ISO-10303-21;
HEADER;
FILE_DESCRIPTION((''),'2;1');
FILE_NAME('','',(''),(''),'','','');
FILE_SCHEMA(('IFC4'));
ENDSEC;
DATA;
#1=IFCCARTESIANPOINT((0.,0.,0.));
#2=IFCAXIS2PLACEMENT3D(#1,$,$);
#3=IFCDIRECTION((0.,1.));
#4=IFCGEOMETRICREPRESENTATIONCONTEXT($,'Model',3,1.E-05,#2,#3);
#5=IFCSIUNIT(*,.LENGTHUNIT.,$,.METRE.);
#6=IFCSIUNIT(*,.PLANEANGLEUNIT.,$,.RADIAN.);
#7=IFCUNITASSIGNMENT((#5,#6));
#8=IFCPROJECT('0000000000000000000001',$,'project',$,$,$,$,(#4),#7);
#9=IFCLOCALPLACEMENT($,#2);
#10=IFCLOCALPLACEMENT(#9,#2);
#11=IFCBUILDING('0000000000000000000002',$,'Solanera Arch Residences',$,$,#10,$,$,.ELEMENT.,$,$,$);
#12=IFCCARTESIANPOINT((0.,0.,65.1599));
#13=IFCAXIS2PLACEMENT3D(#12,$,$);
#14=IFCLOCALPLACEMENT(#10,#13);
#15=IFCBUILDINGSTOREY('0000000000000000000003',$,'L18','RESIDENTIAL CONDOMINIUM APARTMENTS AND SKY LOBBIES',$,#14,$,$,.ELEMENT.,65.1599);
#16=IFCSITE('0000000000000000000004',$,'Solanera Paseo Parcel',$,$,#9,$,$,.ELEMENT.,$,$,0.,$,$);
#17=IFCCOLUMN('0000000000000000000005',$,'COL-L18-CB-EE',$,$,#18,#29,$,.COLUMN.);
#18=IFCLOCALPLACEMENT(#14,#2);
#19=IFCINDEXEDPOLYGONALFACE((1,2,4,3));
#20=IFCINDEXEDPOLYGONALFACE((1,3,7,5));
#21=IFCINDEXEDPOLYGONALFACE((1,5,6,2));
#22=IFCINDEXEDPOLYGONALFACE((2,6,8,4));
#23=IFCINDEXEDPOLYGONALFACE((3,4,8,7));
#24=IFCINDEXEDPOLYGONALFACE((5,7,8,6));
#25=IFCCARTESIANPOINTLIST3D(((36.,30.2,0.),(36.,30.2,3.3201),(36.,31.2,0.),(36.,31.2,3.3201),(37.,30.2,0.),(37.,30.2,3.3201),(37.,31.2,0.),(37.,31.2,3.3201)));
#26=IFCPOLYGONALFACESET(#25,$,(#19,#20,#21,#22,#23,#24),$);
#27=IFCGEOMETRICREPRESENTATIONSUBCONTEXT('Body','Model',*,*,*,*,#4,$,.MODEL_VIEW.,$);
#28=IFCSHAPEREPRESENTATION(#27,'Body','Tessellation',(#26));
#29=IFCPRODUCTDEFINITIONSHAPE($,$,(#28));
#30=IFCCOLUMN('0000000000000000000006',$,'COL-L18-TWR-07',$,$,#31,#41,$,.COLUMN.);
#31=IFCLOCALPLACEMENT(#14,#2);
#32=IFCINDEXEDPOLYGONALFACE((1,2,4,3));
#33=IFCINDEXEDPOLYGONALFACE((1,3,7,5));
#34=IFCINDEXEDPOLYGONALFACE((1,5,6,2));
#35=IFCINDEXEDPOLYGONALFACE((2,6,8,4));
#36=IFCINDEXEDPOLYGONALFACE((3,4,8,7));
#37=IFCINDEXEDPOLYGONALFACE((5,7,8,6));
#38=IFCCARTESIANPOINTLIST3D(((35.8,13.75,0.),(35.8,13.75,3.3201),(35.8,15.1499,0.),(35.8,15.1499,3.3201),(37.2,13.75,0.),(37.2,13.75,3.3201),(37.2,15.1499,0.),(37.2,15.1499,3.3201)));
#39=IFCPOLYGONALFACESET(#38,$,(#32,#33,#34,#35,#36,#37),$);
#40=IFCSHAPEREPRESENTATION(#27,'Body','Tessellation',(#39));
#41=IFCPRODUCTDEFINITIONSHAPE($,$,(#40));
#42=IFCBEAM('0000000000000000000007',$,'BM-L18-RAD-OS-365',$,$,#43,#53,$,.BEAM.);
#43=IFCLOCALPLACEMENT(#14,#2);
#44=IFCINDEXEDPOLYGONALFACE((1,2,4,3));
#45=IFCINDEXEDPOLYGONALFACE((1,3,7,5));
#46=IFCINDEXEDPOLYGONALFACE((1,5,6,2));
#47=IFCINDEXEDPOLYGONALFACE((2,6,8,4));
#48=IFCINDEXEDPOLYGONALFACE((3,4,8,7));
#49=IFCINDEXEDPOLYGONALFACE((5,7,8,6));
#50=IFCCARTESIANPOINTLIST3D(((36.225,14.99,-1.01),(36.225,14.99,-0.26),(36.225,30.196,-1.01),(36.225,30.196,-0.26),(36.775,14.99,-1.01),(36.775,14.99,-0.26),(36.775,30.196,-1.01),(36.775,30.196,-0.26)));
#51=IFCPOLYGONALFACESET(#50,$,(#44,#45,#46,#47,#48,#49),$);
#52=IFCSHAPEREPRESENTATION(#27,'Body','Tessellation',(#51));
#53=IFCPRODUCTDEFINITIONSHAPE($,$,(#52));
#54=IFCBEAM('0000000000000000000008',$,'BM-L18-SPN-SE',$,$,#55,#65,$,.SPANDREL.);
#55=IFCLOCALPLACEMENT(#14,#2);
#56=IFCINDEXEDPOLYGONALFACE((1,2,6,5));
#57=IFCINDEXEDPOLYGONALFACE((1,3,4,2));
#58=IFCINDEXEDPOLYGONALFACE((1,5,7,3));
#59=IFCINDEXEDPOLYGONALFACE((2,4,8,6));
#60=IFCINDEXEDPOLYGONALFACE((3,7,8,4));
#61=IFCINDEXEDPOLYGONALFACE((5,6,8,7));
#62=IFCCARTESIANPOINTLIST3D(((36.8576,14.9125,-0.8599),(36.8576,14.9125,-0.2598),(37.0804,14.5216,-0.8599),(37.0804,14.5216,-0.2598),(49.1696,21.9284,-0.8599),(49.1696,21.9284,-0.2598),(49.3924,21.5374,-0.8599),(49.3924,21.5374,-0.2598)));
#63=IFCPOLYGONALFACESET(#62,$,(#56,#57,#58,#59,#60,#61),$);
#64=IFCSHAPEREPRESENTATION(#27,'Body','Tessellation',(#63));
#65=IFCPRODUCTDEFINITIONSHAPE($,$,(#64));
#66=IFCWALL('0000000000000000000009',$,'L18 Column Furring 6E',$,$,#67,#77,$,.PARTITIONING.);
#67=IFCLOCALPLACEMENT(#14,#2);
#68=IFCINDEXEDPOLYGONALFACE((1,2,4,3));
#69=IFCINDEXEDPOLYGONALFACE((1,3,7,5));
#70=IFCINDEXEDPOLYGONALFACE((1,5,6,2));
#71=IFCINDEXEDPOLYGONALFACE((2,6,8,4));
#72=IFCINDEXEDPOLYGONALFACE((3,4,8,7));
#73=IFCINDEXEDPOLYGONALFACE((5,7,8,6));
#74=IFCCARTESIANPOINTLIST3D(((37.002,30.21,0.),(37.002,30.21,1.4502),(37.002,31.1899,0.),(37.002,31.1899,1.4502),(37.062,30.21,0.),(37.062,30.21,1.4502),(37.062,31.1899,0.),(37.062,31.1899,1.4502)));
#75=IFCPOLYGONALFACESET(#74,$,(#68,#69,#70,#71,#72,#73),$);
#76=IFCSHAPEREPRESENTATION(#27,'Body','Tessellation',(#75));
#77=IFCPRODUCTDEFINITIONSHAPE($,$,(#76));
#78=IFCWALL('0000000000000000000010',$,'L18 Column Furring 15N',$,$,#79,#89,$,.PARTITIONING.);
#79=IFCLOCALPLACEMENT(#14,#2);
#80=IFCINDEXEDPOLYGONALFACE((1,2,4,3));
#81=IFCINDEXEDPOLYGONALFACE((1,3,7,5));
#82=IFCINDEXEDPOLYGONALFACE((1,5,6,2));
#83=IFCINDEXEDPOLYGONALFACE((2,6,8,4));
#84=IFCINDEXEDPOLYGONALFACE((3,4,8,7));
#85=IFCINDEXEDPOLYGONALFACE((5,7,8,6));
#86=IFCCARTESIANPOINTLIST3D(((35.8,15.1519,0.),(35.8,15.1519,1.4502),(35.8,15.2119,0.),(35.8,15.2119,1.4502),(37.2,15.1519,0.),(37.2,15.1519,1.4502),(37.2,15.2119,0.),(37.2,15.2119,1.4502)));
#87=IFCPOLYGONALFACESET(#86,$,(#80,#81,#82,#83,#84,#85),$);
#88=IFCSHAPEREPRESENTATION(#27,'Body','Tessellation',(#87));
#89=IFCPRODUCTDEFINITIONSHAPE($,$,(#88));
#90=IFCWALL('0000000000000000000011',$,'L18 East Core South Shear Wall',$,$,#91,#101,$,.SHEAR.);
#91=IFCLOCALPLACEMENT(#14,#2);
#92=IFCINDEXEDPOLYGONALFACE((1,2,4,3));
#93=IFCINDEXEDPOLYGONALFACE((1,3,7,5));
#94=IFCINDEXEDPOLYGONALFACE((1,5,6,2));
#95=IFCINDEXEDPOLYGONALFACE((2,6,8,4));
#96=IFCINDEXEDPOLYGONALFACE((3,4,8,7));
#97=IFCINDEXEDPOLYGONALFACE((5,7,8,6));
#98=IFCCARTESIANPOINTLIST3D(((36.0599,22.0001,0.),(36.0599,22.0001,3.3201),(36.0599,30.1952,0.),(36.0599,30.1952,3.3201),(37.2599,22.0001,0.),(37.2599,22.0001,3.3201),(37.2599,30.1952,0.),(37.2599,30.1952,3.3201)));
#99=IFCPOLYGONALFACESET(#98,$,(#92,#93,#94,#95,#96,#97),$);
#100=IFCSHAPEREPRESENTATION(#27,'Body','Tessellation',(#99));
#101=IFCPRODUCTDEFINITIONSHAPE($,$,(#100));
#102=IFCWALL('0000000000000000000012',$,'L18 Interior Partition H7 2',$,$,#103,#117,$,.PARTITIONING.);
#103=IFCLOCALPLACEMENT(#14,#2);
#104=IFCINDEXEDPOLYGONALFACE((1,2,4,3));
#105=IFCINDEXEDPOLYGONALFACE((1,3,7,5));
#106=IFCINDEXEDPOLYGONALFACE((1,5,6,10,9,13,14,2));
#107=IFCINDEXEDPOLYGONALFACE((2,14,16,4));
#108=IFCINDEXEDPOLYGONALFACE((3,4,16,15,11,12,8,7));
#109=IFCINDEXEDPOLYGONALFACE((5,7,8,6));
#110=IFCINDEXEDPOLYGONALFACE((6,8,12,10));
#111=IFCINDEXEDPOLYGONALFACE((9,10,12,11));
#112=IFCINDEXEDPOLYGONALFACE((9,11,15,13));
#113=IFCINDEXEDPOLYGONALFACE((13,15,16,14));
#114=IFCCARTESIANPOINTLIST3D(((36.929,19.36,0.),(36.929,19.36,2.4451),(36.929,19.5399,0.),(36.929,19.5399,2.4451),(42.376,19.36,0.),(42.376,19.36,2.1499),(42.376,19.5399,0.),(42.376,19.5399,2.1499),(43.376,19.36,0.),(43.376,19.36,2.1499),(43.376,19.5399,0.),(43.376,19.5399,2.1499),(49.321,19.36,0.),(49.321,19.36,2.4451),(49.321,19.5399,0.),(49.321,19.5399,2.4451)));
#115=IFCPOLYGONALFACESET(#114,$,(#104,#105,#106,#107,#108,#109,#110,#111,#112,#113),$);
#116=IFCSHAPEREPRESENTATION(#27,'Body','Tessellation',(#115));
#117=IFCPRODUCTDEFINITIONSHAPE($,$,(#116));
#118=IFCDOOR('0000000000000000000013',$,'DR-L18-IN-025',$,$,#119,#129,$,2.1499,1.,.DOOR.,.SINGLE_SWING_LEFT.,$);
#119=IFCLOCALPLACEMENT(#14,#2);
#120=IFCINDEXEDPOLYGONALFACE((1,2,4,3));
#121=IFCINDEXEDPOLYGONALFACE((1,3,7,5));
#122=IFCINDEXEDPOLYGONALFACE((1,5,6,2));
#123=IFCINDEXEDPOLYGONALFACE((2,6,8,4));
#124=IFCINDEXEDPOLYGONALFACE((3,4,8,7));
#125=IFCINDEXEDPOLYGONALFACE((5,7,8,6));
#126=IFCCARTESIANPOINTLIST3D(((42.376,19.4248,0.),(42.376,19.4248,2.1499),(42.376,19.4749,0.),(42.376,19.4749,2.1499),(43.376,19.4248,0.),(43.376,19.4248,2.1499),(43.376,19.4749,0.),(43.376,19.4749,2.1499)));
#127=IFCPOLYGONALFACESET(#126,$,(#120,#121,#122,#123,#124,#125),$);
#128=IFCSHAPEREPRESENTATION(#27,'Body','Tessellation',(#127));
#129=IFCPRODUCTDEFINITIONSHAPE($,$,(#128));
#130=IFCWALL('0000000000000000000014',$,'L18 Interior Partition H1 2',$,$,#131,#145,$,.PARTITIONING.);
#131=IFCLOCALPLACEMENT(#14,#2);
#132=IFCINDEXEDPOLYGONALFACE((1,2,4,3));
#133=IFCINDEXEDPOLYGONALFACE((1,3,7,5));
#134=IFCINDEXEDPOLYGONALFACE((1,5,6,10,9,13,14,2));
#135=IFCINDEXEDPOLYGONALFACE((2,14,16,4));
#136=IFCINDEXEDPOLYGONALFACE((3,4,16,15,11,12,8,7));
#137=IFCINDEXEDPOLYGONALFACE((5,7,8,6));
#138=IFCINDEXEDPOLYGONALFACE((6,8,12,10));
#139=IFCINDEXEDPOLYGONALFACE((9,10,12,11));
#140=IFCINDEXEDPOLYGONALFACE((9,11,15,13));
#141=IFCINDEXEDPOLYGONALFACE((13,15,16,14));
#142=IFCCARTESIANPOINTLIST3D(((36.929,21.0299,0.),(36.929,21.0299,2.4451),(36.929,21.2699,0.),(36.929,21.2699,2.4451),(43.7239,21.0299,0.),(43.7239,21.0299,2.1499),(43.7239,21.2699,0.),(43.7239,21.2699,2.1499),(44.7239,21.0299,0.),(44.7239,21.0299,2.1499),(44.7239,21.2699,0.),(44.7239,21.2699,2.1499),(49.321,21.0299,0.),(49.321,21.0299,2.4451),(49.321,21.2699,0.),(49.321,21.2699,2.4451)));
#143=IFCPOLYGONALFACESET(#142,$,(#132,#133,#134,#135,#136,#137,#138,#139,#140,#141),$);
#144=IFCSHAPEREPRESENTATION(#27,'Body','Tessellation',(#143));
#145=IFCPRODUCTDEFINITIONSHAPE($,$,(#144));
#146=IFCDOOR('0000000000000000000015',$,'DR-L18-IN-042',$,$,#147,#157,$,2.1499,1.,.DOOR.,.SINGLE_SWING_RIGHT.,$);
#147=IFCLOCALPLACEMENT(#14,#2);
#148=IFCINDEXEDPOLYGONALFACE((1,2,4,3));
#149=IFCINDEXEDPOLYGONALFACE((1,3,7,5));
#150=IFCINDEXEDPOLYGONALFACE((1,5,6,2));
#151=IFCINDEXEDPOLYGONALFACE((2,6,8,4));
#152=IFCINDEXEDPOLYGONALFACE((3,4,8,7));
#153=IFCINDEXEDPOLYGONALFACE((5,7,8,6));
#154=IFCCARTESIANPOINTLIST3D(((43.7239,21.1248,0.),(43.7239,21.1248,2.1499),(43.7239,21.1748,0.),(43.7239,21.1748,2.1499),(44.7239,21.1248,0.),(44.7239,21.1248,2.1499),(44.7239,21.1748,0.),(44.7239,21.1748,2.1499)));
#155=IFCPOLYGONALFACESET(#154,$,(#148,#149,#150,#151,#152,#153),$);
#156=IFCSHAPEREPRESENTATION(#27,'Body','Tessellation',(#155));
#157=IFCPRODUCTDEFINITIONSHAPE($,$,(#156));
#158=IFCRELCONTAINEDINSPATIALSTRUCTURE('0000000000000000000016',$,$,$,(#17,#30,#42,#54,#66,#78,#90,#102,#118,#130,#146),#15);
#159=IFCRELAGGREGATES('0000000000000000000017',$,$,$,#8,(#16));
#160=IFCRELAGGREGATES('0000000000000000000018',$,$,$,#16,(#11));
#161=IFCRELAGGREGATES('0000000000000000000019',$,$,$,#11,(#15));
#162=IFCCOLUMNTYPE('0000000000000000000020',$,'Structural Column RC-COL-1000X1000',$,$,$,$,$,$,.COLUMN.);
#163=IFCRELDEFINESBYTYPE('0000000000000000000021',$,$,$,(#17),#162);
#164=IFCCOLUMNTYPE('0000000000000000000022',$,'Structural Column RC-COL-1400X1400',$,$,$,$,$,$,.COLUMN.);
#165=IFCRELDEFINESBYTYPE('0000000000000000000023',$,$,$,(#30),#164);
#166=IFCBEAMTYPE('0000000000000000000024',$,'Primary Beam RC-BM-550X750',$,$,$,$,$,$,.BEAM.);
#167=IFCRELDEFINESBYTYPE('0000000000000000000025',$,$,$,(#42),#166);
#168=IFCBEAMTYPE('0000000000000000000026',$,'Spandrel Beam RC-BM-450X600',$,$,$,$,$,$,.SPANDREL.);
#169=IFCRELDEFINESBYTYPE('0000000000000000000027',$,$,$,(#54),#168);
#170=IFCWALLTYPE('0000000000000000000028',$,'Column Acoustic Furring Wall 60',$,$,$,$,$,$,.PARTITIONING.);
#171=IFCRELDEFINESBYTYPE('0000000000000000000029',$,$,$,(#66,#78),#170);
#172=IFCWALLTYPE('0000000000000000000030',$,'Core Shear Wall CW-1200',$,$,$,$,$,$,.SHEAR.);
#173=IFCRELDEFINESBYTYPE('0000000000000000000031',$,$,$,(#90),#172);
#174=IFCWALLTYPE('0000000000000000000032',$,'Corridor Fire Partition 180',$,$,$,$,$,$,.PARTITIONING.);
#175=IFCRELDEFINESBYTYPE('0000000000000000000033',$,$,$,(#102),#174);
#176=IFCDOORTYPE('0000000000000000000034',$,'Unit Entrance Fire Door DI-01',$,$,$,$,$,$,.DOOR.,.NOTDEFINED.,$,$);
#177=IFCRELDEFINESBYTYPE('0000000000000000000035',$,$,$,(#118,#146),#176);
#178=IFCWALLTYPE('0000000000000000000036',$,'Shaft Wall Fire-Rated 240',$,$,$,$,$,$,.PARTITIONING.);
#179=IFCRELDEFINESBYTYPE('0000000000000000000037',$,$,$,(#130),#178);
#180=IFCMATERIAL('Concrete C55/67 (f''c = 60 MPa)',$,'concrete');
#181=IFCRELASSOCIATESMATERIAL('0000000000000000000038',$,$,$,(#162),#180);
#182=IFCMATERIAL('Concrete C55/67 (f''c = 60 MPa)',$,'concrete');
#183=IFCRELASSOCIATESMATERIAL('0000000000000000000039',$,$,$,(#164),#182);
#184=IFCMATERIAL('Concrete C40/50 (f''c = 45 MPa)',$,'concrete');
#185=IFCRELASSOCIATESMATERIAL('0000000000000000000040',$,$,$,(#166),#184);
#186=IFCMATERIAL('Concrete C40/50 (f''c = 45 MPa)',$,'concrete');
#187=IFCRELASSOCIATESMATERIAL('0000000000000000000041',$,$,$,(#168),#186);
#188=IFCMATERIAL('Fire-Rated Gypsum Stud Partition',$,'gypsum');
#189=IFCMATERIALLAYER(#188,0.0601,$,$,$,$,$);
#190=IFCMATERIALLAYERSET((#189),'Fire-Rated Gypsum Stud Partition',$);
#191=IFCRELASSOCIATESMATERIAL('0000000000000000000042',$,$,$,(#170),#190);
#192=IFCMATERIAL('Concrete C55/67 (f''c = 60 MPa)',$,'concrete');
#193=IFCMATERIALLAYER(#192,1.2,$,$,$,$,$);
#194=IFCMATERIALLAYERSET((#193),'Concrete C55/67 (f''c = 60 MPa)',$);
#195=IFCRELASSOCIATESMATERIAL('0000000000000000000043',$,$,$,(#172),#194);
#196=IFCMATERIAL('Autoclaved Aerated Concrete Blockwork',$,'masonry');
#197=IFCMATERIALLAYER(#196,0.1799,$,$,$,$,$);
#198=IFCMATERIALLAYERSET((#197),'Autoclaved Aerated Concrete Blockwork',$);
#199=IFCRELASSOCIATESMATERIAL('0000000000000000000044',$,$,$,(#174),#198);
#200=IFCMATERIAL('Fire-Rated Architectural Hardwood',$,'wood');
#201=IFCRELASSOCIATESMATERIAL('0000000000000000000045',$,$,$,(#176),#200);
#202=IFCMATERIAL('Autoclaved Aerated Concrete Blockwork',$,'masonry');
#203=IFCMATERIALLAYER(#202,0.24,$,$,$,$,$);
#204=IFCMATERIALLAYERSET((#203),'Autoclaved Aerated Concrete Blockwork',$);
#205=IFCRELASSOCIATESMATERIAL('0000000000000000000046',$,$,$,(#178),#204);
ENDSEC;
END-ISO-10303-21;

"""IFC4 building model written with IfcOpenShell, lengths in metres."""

from ifc_helpers import new_model, si_unit, direction, frame, frame_2d, origin, origin_2d, place, context, subcontext, project, spatial, rectangle, extrude, material, layer, layer_set, material_profile, profile_set, type_object, element, fill, save


model = new_model("IFC4")

# Units and contexts
model_context = context("Model", 3, precision=1e-05, world=origin(), true_north=direction((0.0, 1.0)))
body_context = subcontext(model_context, "Body", "Model", "MODEL_VIEW")
ifc_project = project(units=[si_unit("LENGTHUNIT", "METRE"), si_unit("PLANEANGLEUNIT", "RADIAN")], contexts=[model_context])

# Site, building, storey
site_placement = place(None, origin())
site = spatial("IfcSite", under=ifc_project, at=site_placement, Name="Solanera Paseo Parcel", CompositionType="ELEMENT", RefElevation=0.0)
building_placement = place(site_placement, origin())
building = spatial("IfcBuilding", under=site, at=building_placement, Name="Solanera Arch Residences", CompositionType="ELEMENT")
storey_placement = place(building_placement, frame((0.0, 0.0, 65.1599)))
storey = spatial("IfcBuildingStorey", under=building, at=storey_placement, Name="L18", Description="RESIDENTIAL CONDOMINIUM APARTMENTS AND SKY LOBBIES", CompositionType="ELEMENT", Elevation=65.1599)

# Columns
ifc_material_1 = material(Name="Concrete C55/67 (f'c = 60 MPa)", Category="concrete")
ifc_material_profile_1 = material_profile(ifc_material_1, rectangle(XDim=1.0, YDim=1.0, at=origin_2d()))
ifc_profile_set_1 = profile_set([ifc_material_profile_1], Name="Concrete C55/67 (f'c = 60 MPa)")
column_type_1 = type_object("IfcColumnType", Name="Structural Column RC-COL-1000X1000", PredefinedType="COLUMN", material=ifc_profile_set_1)
column_1_placement = place(storey_placement, frame((36.5, 30.7, 0.0), z_axis=(0.0, 0.0, 1.0), x_axis=(1.0, 0.0, 0.0)))
element("IfcColumn", 1, at=column_1_placement, inside=storey, type_object=column_type_1, Name="COL-L18-CB-EE", PredefinedType="COLUMN", context=body_context, shape_type="SweptSolid", body=[
    extrude(rectangle(XDim=1.0, YDim=1.0, at=origin_2d()), origin(), (0.0, 0.0, 1.0), 3.3201),
])
ifc_material_2 = material(Name="Concrete C55/67 (f'c = 60 MPa)", Category="concrete")
ifc_material_profile_2 = material_profile(ifc_material_2, rectangle(XDim=1.3999, YDim=1.3999, at=origin_2d()))
ifc_profile_set_2 = profile_set([ifc_material_profile_2], Name="Concrete C55/67 (f'c = 60 MPa)")
column_type_2 = type_object("IfcColumnType", Name="Structural Column RC-COL-1400X1400", PredefinedType="COLUMN", material=ifc_profile_set_2)
column_2_placement = place(storey_placement, frame((36.5, 14.45, 0.0), z_axis=(0.0, 0.0, 1.0), x_axis=(1.0, 0.0, 0.0)))
element("IfcColumn", 2, at=column_2_placement, inside=storey, type_object=column_type_2, Name="COL-L18-TWR-07", PredefinedType="COLUMN", context=body_context, shape_type="SweptSolid", body=[
    extrude(rectangle(XDim=1.3999, YDim=1.3999, at=origin_2d()), origin(), (0.0, 0.0, 1.0), 3.3201),
])

# Beams
ifc_material_3 = material(Name="Concrete C40/50 (f'c = 45 MPa)", Category="concrete")
ifc_material_profile_3 = material_profile(ifc_material_3, rectangle(XDim=0.55, YDim=0.75, at=origin_2d()))
ifc_profile_set_3 = profile_set([ifc_material_profile_3], Name="Concrete C40/50 (f'c = 45 MPa)")
beam_type_1 = type_object("IfcBeamType", Name="Primary Beam RC-BM-550X750", PredefinedType="BEAM", material=ifc_profile_set_3)
beam_1_placement = place(storey_placement, frame((36.5, 14.99, -0.635), z_axis=(0.0, 1.0, 0.0), x_axis=(-1.0, 0.0, 0.0)))
element("IfcBeam", 3, at=beam_1_placement, inside=storey, type_object=beam_type_1, Name="BM-L18-RAD-OS-365", PredefinedType="BEAM", context=body_context, shape_type="SweptSolid", body=[
    extrude(rectangle(XDim=0.55, YDim=0.75, at=origin_2d()), origin(), (0.0, 0.0, 1.0), 15.2061),
])
ifc_material_4 = material(Name="Concrete C40/50 (f'c = 45 MPa)", Category="concrete")
ifc_material_profile_4 = material_profile(ifc_material_4, rectangle(XDim=0.45, YDim=0.6001, at=origin_2d()))
ifc_profile_set_4 = profile_set([ifc_material_profile_4], Name="Concrete C40/50 (f'c = 45 MPa)")
beam_type_2 = type_object("IfcBeamType", Name="Spandrel Beam RC-BM-450X600", PredefinedType="SPANDREL", material=ifc_profile_set_4)
beam_2_placement = place(storey_placement, frame((36.969, 14.717, -0.5598), z_axis=(0.868837, 0.495098, 0.0), x_axis=(-0.495098, 0.868837, 0.0)))
element("IfcBeam", 4, at=beam_2_placement, inside=storey, type_object=beam_type_2, Name="BM-L18-SPN-SE", PredefinedType="SPANDREL", context=body_context, shape_type="SweptSolid", body=[
    extrude(rectangle(XDim=0.45, YDim=0.6001, at=origin_2d()), origin(), (0.0, 0.0, 1.0), 14.1707),
])

# Walls
ifc_material_5 = material(Name="Fire-Rated Gypsum Stud Partition", Category="gypsum")
ifc_layer_1 = layer(ifc_material_5, 0.0601)
ifc_layer_set_1 = layer_set([ifc_layer_1], Name="Fire-Rated Gypsum Stud Partition")
wall_type_1 = type_object("IfcWallType", Name="Column Acoustic Furring Wall 60", PredefinedType="PARTITIONING", material=ifc_layer_set_1)
wall_1_placement = place(storey_placement, frame((37.032, 30.21, 0.0), z_axis=(0.0, 0.0, 1.0), x_axis=(0.0, 1.0, 0.0)))
element("IfcWall", 5, at=wall_1_placement, inside=storey, type_object=wall_type_1, Name="L18 Column Furring 6E", PredefinedType="PARTITIONING", context=body_context, shape_type="SweptSolid", body=[
    extrude(rectangle(XDim=0.98, YDim=0.0601, at=frame_2d((0.49, 0.0))), origin(), (0.0, 0.0, 1.0), 1.4502),
])
wall_2_placement = place(storey_placement, frame((35.8, 15.1819, 0.0), z_axis=(0.0, 0.0, 1.0), x_axis=(1.0, 0.0, 0.0)))
element("IfcWall", 6, at=wall_2_placement, inside=storey, type_object=wall_type_1, Name="L18 Column Furring 15N", PredefinedType="PARTITIONING", context=body_context, shape_type="SweptSolid", body=[
    extrude(rectangle(XDim=1.3999, YDim=0.0601, at=frame_2d((0.7, 0.0))), origin(), (0.0, 0.0, 1.0), 1.4502),
])
ifc_material_6 = material(Name="Concrete C55/67 (f'c = 60 MPa)", Category="concrete")
ifc_layer_2 = layer(ifc_material_6, 1.2)
ifc_layer_set_2 = layer_set([ifc_layer_2], Name="Concrete C55/67 (f'c = 60 MPa)")
wall_type_2 = type_object("IfcWallType", Name="Core Shear Wall CW-1200", PredefinedType="SHEAR", material=ifc_layer_set_2)
wall_3_placement = place(storey_placement, frame((36.6599, 22.0, 0.0), z_axis=(0.0, 0.0, 1.0), x_axis=(0.0, 1.0, 0.0)))
element("IfcWall", 7, at=wall_3_placement, inside=storey, type_object=wall_type_2, Name="L18 East Core South Shear Wall", PredefinedType="SHEAR", context=body_context, shape_type="SweptSolid", body=[
    extrude(rectangle(XDim=8.1951, YDim=1.2, at=frame_2d((4.0977, 0.0))), origin(), (0.0, 0.0, 1.0), 3.3201),
])

# Walls, openings, doors
ifc_material_7 = material(Name="Autoclaved Aerated Concrete Blockwork", Category="masonry")
ifc_layer_3 = layer(ifc_material_7, 0.1799)
ifc_layer_set_3 = layer_set([ifc_layer_3], Name="Autoclaved Aerated Concrete Blockwork")
wall_type_3 = type_object("IfcWallType", Name="Corridor Fire Partition 180", PredefinedType="PARTITIONING", material=ifc_layer_set_3)
wall_4_placement = place(storey_placement, frame((36.929, 19.45, 0.0), z_axis=(0.0, 0.0, 1.0), x_axis=(1.0, 0.0, 0.0)))
wall_4 = element("IfcWall", 8, at=wall_4_placement, inside=storey, type_object=wall_type_3, Name="L18 Interior Partition H7 2", PredefinedType="PARTITIONING", context=body_context, shape_type="SweptSolid", body=[
    extrude(rectangle(XDim=12.3921, YDim=0.1799, at=frame_2d((6.196, 0.0))), origin(), (0.0, 0.0, 1.0), 2.4451),
])
opening_1_placement = place(wall_4_placement, frame((5.447, 0.0, 0.0)))
opening_1 = element("IfcOpeningElement", 9, at=opening_1_placement, cuts=wall_4, PredefinedType="OPENING", context=body_context, shape_type="SweptSolid", body=[
    extrude(rectangle(XDim=1.0, YDim=2.1499, at=frame_2d((0.5, 1.075))), frame((0.0, 0.1001, 0.0), z_axis=(0.0, -1.0, 0.0), x_axis=(1.0, 0.0, 0.0)), (0.0, 0.0, 1.0), 0.1999),
])
ifc_material_8 = material(Name="Fire-Rated Architectural Hardwood", Category="wood")
door_type_1 = type_object("IfcDoorType", Name="Unit Entrance Fire Door DI-01", OperationType="NOTDEFINED", PredefinedType="DOOR", material=ifc_material_8)
door_1_placement = place(opening_1_placement, origin())
door_1 = element("IfcDoor", 10, at=door_1_placement, inside=storey, type_object=door_type_1, Name="DR-L18-IN-025", OperationType="SINGLE_SWING_LEFT", OverallHeight=2.1499, OverallWidth=1.0, PredefinedType="DOOR", context=body_context, shape_type="SweptSolid", body=[
    extrude(rectangle(XDim=1.0, YDim=2.1499, at=frame_2d((0.5, 1.075))), frame((0.0, 0.0249, 0.0), z_axis=(0.0, -1.0, 0.0), x_axis=(1.0, 0.0, 0.0)), (0.0, 0.0, 1.0), 0.05),
])
fill(opening_1, door_1)
ifc_material_9 = material(Name="Autoclaved Aerated Concrete Blockwork", Category="masonry")
ifc_layer_4 = layer(ifc_material_9, 0.24)
ifc_layer_set_4 = layer_set([ifc_layer_4], Name="Autoclaved Aerated Concrete Blockwork")
wall_type_4 = type_object("IfcWallType", Name="Shaft Wall Fire-Rated 240", PredefinedType="PARTITIONING", material=ifc_layer_set_4)
wall_5_placement = place(storey_placement, frame((36.929, 21.1499, 0.0), z_axis=(0.0, 0.0, 1.0), x_axis=(1.0, 0.0, 0.0)))
wall_5 = element("IfcWall", 11, at=wall_5_placement, inside=storey, type_object=wall_type_4, Name="L18 Interior Partition H1 2", PredefinedType="PARTITIONING", context=body_context, shape_type="SweptSolid", body=[
    extrude(rectangle(XDim=12.3921, YDim=0.24, at=frame_2d((6.196, 0.0))), origin(), (0.0, 0.0, 1.0), 2.4451),
])
opening_2_placement = place(wall_5_placement, frame((6.7949, 0.0, 0.0)))
opening_2 = element("IfcOpeningElement", 12, at=opening_2_placement, cuts=wall_5, PredefinedType="OPENING", context=body_context, shape_type="SweptSolid", body=[
    extrude(rectangle(XDim=1.0, YDim=2.1499, at=frame_2d((0.5, 1.075))), frame((0.0, 0.1299, 0.0), z_axis=(0.0, -1.0, 0.0), x_axis=(1.0, 0.0, 0.0)), (0.0, 0.0, 1.0), 0.26),
])
door_2_placement = place(opening_2_placement, origin())
door_2 = element("IfcDoor", 13, at=door_2_placement, inside=storey, type_object=door_type_1, Name="DR-L18-IN-042", OperationType="SINGLE_SWING_RIGHT", OverallHeight=2.1499, OverallWidth=1.0, PredefinedType="DOOR", context=body_context, shape_type="SweptSolid", body=[
    extrude(rectangle(XDim=1.0, YDim=2.1499, at=frame_2d((0.5, 1.075))), frame((0.0, 0.0249, 0.0), z_axis=(0.0, -1.0, 0.0), x_axis=(1.0, 0.0, 0.0)), (0.0, 0.0, 1.0), 0.05),
])
fill(opening_2, door_2)

save(model, "model.ifc")
